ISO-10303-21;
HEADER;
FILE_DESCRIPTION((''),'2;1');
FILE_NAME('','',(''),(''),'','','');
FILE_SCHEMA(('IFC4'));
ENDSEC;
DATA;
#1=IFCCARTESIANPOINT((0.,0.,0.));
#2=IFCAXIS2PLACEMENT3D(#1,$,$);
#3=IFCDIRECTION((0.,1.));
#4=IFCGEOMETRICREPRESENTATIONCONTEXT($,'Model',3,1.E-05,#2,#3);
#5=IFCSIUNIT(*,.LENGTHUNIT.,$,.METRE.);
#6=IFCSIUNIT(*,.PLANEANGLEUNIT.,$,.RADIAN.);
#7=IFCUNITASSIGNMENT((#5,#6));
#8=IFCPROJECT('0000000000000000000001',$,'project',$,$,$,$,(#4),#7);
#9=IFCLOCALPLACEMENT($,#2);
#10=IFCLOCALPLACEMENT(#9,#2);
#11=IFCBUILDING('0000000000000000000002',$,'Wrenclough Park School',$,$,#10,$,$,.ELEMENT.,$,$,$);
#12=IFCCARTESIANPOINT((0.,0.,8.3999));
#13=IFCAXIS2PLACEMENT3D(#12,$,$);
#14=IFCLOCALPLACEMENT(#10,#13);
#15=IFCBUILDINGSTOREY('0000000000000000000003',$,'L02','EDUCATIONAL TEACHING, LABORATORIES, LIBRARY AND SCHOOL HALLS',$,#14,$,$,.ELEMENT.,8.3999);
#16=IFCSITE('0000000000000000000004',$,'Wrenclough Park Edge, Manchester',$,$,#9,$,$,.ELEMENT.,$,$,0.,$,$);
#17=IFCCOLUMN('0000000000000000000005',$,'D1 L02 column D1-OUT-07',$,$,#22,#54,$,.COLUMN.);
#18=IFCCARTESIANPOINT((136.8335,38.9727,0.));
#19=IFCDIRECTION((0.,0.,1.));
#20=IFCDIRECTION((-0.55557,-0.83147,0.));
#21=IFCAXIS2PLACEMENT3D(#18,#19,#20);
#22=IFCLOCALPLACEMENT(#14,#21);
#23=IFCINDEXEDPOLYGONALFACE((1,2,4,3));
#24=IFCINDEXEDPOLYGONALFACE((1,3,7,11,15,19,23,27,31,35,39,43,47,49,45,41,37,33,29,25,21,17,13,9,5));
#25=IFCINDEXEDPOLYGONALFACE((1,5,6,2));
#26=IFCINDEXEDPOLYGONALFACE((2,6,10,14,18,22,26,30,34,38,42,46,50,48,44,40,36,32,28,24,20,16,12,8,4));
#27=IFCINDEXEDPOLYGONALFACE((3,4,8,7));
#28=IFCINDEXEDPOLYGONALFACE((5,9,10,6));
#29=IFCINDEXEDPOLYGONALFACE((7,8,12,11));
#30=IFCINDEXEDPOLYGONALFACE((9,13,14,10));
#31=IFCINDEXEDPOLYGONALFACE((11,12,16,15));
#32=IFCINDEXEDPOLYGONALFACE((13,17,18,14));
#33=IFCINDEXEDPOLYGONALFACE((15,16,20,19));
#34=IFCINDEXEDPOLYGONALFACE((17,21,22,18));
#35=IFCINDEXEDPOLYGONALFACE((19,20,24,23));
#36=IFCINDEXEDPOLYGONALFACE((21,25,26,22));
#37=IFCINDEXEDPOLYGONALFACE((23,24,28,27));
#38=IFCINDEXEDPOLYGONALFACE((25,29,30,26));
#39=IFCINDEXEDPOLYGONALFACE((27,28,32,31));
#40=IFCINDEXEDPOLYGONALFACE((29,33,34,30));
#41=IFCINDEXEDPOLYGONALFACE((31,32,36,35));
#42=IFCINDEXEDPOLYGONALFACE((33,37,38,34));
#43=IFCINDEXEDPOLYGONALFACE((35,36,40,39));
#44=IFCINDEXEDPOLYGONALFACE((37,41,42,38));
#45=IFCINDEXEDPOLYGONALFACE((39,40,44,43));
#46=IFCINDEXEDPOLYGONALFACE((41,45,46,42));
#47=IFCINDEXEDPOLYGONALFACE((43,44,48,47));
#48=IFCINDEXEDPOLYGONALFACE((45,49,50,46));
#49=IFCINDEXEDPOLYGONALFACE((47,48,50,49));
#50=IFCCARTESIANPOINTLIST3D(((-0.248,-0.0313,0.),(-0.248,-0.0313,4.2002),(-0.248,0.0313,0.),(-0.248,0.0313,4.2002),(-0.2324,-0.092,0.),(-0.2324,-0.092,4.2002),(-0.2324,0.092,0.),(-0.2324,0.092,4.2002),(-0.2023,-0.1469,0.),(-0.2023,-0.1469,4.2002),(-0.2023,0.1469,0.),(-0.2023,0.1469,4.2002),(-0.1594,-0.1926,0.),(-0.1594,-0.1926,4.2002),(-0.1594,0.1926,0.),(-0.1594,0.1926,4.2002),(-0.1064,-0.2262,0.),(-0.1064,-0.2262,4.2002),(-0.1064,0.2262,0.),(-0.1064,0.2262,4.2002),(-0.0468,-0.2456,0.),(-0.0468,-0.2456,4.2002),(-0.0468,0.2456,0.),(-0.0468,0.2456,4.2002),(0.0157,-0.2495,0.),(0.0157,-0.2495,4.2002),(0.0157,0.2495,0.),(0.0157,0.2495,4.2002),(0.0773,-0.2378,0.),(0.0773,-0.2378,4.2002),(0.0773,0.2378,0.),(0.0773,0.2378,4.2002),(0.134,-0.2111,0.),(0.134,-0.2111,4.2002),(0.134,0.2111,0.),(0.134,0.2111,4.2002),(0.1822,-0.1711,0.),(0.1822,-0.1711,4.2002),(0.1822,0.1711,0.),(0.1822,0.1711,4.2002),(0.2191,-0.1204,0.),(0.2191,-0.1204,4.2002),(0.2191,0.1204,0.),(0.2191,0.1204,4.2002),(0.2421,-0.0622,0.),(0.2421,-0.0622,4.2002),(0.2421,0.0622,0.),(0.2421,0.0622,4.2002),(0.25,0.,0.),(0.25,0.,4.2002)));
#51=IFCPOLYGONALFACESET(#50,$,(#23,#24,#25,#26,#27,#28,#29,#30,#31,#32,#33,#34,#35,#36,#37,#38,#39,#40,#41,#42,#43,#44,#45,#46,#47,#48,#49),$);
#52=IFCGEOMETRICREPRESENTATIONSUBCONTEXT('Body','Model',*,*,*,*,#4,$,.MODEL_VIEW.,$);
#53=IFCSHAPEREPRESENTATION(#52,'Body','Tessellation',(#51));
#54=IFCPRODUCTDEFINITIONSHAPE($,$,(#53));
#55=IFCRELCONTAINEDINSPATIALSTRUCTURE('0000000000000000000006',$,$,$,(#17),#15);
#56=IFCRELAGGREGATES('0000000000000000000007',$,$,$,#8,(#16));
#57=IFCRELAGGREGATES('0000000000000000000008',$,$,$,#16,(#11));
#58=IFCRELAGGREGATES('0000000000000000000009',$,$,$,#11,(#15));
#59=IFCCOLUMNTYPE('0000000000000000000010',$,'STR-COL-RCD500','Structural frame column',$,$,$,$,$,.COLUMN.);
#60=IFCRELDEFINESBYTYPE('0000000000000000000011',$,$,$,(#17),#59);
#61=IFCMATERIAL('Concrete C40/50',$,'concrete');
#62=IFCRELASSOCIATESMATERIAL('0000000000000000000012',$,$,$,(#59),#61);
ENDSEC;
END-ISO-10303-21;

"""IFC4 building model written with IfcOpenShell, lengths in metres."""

from ifc_helpers import new_model, si_unit, direction, frame, origin, origin_2d, place, context, subcontext, project, spatial, circle, extrude, material, material_profile, profile_set, type_object, element, save


model = new_model("IFC4")

# Units and contexts
model_context = context("Model", 3, precision=1e-05, world=origin(), true_north=direction((0.0, 1.0)))
body_context = subcontext(model_context, "Body", "Model", "MODEL_VIEW")
ifc_project = project(units=[si_unit("LENGTHUNIT", "METRE"), si_unit("PLANEANGLEUNIT", "RADIAN")], contexts=[model_context])

# Site, building, storey
site_placement = place(None, origin())
site = spatial("IfcSite", under=ifc_project, at=site_placement, Name="Wrenclough Park Edge, Manchester", CompositionType="ELEMENT", RefElevation=0.0)
building_placement = place(site_placement, origin())
building = spatial("IfcBuilding", under=site, at=building_placement, Name="Wrenclough Park School", CompositionType="ELEMENT")
storey_placement = place(building_placement, frame((0.0, 0.0, 8.3999)))
storey = spatial("IfcBuildingStorey", under=building, at=storey_placement, Name="L02", Description="EDUCATIONAL TEACHING, LABORATORIES, LIBRARY AND SCHOOL HALLS", CompositionType="ELEMENT", Elevation=8.3999)

# Column
ifc_material_1 = material(Name="Concrete C40/50", Category="concrete")
ifc_material_profile_1 = material_profile(ifc_material_1, circle(Radius=0.25, at=origin_2d()), Name="RC COL D500")
ifc_profile_set_1 = profile_set([ifc_material_profile_1], Name="Concrete C40/50")
column_type = type_object("IfcColumnType", Name="STR-COL-RCD500", Description="Structural frame column", PredefinedType="COLUMN", material=ifc_profile_set_1)
column_placement = place(storey_placement, frame((136.8335, 38.9727, 0.0), z_axis=(0.0, 0.0, 1.0), x_axis=(-0.55557, -0.83147, 0.0)))
element("IfcColumn", 1, at=column_placement, inside=storey, type_object=column_type, Name="D1 L02 column D1-OUT-07", PredefinedType="COLUMN", context=body_context, shape_type="SweptSolid", body=[
    extrude(circle(Radius=0.25, at=origin_2d()), origin(), (0.0, 0.0, 1.0), 4.2002),
])

save(model, "model.ifc")
